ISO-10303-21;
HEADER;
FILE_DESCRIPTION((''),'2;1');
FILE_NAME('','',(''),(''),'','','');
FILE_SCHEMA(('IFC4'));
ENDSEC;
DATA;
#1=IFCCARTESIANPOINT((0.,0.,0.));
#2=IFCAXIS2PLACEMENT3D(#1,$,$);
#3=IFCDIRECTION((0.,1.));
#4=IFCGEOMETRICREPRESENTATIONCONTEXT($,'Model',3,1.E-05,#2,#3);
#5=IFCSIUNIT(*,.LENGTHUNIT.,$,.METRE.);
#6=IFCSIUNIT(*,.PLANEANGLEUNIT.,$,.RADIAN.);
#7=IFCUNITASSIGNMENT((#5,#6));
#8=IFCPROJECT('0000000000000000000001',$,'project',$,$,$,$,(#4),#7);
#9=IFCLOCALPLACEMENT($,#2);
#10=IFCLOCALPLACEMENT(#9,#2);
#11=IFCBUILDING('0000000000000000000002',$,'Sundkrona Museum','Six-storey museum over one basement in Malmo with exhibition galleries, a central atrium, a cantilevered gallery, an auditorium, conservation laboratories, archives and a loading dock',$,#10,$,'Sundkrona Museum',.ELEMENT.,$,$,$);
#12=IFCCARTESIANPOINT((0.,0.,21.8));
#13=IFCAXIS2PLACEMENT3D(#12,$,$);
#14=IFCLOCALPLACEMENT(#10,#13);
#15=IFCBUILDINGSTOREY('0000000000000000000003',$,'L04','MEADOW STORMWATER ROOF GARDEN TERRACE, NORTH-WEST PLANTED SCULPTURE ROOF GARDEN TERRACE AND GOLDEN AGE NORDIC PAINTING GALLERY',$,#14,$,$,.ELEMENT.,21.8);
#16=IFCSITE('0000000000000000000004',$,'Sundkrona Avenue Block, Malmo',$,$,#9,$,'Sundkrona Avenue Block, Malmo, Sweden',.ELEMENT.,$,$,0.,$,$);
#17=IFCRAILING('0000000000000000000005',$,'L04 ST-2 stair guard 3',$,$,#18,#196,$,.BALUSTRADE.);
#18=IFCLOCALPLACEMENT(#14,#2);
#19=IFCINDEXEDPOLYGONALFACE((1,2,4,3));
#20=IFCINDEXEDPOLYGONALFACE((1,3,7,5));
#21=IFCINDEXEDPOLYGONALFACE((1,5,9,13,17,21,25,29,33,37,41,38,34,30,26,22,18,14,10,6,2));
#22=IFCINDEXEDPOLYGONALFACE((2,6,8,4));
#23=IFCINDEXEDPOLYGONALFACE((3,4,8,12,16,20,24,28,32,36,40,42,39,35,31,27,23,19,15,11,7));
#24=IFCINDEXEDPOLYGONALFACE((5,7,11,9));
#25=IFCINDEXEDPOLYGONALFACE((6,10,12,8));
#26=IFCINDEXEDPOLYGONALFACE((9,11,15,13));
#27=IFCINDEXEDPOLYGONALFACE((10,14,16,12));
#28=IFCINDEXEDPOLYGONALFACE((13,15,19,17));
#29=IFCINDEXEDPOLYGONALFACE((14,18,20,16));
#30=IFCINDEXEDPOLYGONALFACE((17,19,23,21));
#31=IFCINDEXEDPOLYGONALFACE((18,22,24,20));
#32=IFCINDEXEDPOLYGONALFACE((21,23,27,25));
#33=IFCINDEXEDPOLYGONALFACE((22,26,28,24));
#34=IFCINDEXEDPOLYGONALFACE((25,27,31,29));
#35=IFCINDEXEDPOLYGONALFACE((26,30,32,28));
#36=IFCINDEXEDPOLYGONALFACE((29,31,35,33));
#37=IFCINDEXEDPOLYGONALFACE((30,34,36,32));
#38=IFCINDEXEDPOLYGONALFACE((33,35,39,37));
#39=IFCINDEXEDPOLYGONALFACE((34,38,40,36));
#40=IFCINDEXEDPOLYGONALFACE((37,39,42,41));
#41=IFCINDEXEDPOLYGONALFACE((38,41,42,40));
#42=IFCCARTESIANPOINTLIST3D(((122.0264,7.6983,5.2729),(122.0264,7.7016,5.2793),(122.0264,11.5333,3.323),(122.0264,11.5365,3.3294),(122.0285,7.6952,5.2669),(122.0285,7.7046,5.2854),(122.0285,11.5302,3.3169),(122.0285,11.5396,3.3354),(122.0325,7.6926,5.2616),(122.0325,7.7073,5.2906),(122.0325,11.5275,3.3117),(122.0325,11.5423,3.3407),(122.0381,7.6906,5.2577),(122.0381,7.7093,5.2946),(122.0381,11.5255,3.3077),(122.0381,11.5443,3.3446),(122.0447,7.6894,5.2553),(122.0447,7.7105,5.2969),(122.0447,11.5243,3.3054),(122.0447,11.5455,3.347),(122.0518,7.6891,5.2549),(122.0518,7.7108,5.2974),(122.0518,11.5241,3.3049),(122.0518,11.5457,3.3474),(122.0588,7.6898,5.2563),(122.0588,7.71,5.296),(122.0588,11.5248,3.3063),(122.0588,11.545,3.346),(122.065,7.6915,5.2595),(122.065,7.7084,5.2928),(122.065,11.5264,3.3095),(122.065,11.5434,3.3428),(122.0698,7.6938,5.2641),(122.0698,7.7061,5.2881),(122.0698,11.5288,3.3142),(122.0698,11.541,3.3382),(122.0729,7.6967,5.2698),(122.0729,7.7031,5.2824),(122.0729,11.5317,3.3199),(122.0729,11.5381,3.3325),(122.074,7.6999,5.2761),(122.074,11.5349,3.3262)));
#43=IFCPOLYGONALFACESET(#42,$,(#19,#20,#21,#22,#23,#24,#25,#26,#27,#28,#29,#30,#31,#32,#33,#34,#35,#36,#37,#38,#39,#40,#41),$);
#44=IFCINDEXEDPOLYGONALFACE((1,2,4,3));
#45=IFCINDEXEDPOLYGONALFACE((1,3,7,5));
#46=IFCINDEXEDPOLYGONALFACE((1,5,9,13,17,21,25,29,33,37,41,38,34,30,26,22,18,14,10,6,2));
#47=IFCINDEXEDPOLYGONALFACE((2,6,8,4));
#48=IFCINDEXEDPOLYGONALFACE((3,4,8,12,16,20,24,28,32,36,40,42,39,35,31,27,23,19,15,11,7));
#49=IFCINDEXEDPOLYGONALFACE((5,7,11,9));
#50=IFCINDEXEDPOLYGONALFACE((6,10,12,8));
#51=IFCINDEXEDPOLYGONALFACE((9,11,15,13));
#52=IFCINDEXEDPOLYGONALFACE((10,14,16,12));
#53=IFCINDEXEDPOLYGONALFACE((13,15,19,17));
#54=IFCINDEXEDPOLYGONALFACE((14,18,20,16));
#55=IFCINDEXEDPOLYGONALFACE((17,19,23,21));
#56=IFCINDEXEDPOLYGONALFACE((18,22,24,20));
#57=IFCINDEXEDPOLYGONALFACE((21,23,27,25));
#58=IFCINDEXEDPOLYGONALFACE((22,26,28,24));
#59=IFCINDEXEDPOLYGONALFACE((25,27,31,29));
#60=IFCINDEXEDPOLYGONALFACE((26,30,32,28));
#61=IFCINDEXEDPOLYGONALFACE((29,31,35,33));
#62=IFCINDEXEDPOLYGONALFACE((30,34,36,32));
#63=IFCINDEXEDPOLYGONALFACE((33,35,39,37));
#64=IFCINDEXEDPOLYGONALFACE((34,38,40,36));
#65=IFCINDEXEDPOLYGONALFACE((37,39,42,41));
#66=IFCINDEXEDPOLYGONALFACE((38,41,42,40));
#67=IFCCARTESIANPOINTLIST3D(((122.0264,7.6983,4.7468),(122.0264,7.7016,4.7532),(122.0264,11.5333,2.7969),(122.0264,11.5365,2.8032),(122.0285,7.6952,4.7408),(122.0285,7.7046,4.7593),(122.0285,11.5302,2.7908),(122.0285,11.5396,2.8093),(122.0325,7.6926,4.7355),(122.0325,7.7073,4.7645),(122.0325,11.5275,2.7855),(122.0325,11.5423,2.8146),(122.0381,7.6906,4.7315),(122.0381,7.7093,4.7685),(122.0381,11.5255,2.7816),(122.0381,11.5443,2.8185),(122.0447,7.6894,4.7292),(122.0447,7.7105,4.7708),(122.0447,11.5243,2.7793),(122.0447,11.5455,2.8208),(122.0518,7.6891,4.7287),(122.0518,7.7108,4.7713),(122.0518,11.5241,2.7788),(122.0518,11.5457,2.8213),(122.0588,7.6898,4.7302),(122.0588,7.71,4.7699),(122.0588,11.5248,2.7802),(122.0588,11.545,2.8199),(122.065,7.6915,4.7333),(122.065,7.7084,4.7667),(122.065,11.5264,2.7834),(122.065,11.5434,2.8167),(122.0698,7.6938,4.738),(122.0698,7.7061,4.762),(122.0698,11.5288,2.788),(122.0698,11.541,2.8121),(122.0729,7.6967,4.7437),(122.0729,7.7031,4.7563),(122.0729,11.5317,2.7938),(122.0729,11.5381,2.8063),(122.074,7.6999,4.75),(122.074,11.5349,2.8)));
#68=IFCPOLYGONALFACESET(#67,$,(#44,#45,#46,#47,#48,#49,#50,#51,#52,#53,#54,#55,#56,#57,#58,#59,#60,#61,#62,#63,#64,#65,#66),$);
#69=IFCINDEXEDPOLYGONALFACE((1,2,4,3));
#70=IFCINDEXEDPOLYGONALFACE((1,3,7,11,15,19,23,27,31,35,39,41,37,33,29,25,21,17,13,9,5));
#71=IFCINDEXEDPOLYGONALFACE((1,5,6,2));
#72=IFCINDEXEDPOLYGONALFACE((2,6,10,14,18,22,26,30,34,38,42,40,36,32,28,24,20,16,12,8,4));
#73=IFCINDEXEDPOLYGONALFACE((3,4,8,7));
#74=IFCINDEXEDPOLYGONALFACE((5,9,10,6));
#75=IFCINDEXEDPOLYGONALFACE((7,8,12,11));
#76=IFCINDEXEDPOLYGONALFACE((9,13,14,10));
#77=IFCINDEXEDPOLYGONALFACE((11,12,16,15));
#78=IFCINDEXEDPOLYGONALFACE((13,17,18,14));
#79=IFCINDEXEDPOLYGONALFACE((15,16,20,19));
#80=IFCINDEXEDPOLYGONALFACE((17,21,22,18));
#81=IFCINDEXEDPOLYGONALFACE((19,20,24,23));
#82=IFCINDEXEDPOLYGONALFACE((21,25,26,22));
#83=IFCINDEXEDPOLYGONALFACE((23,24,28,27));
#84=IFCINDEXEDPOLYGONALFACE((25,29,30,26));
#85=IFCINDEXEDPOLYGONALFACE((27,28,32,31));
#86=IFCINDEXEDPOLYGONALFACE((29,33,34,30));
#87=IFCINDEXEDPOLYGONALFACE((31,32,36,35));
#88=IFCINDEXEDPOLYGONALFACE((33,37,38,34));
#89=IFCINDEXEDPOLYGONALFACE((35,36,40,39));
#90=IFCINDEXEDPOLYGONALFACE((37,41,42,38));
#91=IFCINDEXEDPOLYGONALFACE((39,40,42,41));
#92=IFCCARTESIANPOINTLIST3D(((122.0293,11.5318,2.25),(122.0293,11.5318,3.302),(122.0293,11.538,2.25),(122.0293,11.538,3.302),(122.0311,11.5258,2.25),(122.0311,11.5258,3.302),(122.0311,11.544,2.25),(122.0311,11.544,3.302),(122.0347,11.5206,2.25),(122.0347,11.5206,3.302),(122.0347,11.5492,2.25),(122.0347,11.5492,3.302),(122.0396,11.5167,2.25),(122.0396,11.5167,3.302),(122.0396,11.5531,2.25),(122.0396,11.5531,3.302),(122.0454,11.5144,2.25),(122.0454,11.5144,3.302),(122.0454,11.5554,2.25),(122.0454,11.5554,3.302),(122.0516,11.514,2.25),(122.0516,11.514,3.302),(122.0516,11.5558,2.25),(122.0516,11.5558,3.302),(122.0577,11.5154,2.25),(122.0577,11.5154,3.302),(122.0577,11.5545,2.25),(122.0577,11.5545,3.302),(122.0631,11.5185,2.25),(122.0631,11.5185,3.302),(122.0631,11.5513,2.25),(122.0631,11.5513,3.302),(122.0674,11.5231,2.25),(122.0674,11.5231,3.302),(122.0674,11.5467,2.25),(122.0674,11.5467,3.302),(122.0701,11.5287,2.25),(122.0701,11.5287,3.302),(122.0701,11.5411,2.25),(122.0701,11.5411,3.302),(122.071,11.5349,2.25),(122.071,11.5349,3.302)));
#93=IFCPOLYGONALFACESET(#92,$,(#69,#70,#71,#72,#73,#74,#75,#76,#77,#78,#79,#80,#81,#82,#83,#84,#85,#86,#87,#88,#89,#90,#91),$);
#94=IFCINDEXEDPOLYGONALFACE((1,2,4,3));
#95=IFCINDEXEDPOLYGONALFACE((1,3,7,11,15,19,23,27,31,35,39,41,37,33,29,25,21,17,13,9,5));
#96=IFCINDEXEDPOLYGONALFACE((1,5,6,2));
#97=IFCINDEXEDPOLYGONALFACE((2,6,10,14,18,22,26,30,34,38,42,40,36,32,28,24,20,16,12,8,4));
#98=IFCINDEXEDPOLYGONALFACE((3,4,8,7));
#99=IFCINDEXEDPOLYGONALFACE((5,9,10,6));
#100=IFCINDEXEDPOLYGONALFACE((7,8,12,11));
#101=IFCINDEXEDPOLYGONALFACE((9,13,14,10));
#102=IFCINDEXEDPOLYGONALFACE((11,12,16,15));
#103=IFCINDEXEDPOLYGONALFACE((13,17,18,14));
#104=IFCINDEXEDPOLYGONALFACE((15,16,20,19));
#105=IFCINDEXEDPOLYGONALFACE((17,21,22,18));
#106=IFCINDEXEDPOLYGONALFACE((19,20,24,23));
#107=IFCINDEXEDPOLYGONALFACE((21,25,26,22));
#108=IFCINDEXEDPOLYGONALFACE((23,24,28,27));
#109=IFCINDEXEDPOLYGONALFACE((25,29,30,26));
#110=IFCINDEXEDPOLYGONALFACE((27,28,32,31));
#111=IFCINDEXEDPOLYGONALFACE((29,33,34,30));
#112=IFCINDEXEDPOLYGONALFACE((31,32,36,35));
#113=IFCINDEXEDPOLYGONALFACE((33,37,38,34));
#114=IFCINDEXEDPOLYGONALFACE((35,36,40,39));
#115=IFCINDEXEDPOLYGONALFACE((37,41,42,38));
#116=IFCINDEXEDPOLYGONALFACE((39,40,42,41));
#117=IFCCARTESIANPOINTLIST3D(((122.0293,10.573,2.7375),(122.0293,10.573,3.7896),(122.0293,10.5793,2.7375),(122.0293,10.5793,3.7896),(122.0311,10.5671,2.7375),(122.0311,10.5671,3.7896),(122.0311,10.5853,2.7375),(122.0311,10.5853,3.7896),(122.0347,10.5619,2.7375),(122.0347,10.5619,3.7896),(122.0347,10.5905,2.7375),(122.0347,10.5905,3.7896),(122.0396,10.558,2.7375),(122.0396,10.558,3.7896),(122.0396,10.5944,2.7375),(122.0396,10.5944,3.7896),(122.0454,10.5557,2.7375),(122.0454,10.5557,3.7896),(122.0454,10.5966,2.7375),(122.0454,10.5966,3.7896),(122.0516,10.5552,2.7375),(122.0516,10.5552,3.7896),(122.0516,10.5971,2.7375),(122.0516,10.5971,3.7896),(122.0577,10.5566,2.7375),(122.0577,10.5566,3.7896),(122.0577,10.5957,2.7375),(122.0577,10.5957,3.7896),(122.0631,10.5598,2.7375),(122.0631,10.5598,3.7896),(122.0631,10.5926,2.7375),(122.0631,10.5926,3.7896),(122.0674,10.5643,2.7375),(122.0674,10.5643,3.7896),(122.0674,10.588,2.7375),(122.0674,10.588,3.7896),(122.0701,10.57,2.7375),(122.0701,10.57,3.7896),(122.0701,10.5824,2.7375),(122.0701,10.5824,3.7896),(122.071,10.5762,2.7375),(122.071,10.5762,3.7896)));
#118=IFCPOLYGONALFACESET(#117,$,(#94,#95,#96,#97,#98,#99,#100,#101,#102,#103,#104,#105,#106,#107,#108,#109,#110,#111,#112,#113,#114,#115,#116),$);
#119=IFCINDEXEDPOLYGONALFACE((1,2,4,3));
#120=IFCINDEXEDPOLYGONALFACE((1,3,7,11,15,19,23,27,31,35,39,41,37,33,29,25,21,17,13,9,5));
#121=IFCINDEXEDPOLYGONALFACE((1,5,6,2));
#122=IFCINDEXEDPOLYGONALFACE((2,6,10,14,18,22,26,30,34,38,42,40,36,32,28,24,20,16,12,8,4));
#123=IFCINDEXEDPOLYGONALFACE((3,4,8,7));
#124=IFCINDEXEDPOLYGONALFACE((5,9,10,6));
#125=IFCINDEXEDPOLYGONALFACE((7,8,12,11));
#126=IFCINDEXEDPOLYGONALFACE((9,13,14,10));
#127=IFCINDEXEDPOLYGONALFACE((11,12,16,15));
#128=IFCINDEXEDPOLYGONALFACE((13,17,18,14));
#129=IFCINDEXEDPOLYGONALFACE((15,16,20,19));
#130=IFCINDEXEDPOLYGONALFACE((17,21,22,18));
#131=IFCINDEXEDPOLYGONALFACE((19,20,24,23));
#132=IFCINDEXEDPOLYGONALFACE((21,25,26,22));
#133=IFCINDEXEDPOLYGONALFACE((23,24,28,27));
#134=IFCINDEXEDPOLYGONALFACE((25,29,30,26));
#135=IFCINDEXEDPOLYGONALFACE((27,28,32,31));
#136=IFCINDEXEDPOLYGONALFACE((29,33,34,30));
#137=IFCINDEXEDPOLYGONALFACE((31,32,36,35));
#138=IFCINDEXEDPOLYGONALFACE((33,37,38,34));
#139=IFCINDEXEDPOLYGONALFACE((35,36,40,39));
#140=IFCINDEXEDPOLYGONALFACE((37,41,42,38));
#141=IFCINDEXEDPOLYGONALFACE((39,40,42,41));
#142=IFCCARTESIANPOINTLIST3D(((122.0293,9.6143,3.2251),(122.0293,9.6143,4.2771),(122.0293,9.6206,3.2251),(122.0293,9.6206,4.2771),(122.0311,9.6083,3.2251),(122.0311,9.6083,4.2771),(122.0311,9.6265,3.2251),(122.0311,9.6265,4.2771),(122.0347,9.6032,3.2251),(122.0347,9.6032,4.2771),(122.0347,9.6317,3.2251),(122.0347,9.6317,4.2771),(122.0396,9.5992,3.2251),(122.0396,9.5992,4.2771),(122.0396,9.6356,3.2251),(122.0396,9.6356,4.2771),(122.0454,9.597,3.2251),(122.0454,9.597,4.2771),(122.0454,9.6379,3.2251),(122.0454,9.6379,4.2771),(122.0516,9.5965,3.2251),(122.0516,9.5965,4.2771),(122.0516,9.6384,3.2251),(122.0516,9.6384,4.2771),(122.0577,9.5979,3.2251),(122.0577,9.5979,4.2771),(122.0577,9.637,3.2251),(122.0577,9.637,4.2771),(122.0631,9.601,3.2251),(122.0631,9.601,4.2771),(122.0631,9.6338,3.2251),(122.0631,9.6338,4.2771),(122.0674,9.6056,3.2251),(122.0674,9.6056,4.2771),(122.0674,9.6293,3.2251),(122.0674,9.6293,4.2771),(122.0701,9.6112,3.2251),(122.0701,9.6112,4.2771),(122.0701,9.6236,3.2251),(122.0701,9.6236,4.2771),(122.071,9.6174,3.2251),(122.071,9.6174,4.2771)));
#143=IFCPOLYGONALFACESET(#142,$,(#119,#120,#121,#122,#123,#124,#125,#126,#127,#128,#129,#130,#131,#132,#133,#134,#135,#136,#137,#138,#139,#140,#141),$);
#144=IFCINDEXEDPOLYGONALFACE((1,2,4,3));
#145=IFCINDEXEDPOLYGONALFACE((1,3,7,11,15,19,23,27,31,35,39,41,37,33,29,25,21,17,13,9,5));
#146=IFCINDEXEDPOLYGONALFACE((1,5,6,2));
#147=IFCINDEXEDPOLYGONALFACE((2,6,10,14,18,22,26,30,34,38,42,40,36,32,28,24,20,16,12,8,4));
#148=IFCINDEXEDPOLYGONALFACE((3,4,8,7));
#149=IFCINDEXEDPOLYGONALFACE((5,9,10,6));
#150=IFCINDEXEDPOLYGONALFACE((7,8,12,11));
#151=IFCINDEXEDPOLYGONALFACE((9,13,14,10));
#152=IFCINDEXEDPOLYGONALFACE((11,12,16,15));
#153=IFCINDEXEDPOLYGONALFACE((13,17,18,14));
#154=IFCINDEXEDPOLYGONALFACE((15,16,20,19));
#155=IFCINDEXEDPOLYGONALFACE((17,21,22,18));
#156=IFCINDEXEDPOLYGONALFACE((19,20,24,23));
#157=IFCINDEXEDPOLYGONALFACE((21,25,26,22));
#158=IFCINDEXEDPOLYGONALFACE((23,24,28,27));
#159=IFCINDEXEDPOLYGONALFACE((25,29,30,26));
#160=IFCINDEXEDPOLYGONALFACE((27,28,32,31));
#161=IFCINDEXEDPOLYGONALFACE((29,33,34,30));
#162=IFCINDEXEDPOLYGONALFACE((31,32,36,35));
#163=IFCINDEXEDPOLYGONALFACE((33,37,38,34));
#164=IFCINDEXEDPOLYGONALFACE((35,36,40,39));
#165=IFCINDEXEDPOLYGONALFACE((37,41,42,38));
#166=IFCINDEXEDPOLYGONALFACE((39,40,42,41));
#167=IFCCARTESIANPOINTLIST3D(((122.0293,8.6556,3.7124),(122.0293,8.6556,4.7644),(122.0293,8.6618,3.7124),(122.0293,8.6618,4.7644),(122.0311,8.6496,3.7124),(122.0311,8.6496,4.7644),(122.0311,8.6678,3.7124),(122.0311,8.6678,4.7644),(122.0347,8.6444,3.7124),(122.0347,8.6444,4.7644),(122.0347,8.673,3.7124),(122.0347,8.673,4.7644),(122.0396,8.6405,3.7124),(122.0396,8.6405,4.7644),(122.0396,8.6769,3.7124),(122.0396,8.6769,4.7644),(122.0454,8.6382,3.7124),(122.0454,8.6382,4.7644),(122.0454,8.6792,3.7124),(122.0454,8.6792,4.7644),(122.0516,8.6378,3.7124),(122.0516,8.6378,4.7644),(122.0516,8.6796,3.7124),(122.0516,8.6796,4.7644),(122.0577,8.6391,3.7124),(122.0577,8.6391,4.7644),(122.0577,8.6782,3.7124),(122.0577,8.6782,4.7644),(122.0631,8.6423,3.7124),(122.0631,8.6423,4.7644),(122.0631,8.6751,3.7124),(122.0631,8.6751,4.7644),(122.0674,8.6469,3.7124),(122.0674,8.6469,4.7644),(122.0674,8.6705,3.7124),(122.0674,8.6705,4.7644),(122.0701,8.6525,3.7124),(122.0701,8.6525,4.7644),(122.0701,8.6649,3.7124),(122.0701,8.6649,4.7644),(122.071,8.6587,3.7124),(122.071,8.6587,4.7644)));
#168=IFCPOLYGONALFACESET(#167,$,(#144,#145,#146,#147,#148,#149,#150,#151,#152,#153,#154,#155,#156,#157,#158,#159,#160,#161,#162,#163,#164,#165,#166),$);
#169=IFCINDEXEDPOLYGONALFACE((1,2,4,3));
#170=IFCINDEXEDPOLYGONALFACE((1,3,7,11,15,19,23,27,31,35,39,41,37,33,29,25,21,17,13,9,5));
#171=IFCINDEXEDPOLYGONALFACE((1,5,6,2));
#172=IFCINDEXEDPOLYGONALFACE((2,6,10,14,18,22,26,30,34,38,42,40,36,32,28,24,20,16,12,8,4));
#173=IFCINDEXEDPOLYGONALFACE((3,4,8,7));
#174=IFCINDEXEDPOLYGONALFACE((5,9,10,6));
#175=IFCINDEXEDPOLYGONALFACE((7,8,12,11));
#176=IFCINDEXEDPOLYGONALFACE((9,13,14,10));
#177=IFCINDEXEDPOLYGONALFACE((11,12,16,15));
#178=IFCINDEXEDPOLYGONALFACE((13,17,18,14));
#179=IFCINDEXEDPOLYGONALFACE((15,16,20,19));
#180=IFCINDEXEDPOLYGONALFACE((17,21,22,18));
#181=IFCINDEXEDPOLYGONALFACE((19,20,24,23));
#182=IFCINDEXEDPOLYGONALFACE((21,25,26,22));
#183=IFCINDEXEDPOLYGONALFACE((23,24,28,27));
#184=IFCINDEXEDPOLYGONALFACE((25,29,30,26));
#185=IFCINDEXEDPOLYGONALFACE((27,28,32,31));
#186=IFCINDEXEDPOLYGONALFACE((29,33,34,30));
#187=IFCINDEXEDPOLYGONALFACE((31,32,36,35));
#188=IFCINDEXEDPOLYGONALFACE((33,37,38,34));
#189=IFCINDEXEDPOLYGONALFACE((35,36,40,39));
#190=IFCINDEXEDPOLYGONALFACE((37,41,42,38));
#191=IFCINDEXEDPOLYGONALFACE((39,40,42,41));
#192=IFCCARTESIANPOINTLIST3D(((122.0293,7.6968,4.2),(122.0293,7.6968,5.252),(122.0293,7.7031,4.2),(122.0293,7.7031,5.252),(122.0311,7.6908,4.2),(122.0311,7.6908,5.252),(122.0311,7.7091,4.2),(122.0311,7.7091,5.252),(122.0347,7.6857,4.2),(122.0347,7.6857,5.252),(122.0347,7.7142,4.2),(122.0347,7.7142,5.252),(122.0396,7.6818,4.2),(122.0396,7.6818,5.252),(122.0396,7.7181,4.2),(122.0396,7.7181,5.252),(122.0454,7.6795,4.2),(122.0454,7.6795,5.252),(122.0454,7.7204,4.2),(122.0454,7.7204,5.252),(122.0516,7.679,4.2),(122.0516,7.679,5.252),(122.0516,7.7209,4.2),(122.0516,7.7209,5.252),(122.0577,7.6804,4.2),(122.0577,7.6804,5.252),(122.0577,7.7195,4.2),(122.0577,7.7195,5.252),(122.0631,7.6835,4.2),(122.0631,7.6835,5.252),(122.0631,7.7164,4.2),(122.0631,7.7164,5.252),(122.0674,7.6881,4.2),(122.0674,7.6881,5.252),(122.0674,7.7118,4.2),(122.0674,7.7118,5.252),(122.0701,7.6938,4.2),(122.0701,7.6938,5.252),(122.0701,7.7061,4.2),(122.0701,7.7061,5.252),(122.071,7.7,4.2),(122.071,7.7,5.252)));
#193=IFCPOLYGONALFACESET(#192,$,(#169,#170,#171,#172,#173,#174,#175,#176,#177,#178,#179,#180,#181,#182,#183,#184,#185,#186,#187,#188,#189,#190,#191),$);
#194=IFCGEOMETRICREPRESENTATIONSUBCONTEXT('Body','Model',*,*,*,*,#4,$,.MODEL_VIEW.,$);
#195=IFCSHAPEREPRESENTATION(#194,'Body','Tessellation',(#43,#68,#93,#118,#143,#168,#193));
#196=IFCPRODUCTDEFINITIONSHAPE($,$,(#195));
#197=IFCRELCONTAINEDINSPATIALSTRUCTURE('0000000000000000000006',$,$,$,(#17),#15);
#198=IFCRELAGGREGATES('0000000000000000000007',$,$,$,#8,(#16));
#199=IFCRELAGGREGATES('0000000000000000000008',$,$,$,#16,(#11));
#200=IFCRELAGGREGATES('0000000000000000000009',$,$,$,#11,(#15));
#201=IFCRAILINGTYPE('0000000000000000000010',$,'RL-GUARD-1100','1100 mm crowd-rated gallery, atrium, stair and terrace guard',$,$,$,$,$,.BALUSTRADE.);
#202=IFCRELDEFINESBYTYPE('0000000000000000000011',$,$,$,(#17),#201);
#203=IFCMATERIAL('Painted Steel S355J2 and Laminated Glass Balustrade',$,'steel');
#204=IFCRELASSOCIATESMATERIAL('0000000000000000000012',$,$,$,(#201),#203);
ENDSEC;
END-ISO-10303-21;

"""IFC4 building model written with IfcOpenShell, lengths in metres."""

from ifc_helpers import new_model, si_unit, direction, frame, origin, origin_2d, place, context, subcontext, project, spatial, circle, extrude, material, type_object, element, save


model = new_model("IFC4")

# Units and contexts
model_context = context("Model", 3, precision=1e-05, world=origin(), true_north=direction((0.0, 1.0)))
body_context = subcontext(model_context, "Body", "Model", "MODEL_VIEW")
ifc_project = project(units=[si_unit("LENGTHUNIT", "METRE"), si_unit("PLANEANGLEUNIT", "RADIAN")], contexts=[model_context])

# Site, building, storey
site_placement = place(None, origin())
site = spatial("IfcSite", under=ifc_project, at=site_placement, Name="Sundkrona Avenue Block, Malmo", LongName="Sundkrona Avenue Block, Malmo, Sweden", CompositionType="ELEMENT", RefElevation=0.0)
building_placement = place(site_placement, origin())
building = spatial("IfcBuilding", under=site, at=building_placement, Name="Sundkrona Museum", Description="Six-storey museum over one basement in Malmo with exhibition galleries, a central atrium, a cantilevered gallery, an auditorium, conservation laboratories, archives and a loading dock", LongName="Sundkrona Museum", CompositionType="ELEMENT")
storey_placement = place(building_placement, frame((0.0, 0.0, 21.8)))
storey = spatial("IfcBuildingStorey", under=building, at=storey_placement, Name="L04", Description="MEADOW STORMWATER ROOF GARDEN TERRACE, NORTH-WEST PLANTED SCULPTURE ROOF GARDEN TERRACE AND GOLDEN AGE NORDIC PAINTING GALLERY", CompositionType="ELEMENT", Elevation=21.8)

# Railing
ifc_material_1 = material(Name="Painted Steel S355J2 and Laminated Glass Balustrade", Category="steel")
railing_type_1 = type_object("IfcRailingType", Name="RL-GUARD-1100", Description="1100 mm crowd-rated gallery, atrium, stair and terrace guard", PredefinedType="BALUSTRADE", material=ifc_material_1)
railing_1_placement = place(storey_placement, frame((122.05, 11.5349, 2.25)))
element("IfcRailing", 1, at=railing_1_placement, inside=storey, type_object=railing_type_1, Name="L04 ST-2 stair guard 3", PredefinedType="BALUSTRADE", context=body_context, shape_type="SweptSolid", body=[
    extrude(circle(Radius=0.0239, at=origin_2d()), frame((0.0, 0.0, 1.0762), z_axis=(0.0, -0.891388, 0.453241), x_axis=(1.0, 0.0, 0.0)), (0.0, 0.0, 1.0), 4.3022),
    extrude(circle(Radius=0.0239, at=origin_2d()), frame((0.0, 0.0, 0.55), z_axis=(0.0, -0.891388, 0.453241), x_axis=(1.0, 0.0, 0.0)), (0.0, 0.0, 1.0), 4.3022),
    extrude(circle(Radius=0.021, at=origin_2d()), origin(), (0.0, 0.0, 1.0), 1.052),
    extrude(circle(Radius=0.021, at=origin_2d()), frame((0.0, -0.9587, 0.4875)), (0.0, 0.0, 1.0), 1.052),
    extrude(circle(Radius=0.021, at=origin_2d()), frame((0.0, -1.9175, 0.9751)), (0.0, 0.0, 1.0), 1.052),
    extrude(circle(Radius=0.021, at=origin_2d()), frame((0.0, -2.8762, 1.4624)), (0.0, 0.0, 1.0), 1.052),
    extrude(circle(Radius=0.021, at=origin_2d()), frame((0.0, -3.835, 1.95)), (0.0, 0.0, 1.0), 1.052),
])

save(model, "model.ifc")
